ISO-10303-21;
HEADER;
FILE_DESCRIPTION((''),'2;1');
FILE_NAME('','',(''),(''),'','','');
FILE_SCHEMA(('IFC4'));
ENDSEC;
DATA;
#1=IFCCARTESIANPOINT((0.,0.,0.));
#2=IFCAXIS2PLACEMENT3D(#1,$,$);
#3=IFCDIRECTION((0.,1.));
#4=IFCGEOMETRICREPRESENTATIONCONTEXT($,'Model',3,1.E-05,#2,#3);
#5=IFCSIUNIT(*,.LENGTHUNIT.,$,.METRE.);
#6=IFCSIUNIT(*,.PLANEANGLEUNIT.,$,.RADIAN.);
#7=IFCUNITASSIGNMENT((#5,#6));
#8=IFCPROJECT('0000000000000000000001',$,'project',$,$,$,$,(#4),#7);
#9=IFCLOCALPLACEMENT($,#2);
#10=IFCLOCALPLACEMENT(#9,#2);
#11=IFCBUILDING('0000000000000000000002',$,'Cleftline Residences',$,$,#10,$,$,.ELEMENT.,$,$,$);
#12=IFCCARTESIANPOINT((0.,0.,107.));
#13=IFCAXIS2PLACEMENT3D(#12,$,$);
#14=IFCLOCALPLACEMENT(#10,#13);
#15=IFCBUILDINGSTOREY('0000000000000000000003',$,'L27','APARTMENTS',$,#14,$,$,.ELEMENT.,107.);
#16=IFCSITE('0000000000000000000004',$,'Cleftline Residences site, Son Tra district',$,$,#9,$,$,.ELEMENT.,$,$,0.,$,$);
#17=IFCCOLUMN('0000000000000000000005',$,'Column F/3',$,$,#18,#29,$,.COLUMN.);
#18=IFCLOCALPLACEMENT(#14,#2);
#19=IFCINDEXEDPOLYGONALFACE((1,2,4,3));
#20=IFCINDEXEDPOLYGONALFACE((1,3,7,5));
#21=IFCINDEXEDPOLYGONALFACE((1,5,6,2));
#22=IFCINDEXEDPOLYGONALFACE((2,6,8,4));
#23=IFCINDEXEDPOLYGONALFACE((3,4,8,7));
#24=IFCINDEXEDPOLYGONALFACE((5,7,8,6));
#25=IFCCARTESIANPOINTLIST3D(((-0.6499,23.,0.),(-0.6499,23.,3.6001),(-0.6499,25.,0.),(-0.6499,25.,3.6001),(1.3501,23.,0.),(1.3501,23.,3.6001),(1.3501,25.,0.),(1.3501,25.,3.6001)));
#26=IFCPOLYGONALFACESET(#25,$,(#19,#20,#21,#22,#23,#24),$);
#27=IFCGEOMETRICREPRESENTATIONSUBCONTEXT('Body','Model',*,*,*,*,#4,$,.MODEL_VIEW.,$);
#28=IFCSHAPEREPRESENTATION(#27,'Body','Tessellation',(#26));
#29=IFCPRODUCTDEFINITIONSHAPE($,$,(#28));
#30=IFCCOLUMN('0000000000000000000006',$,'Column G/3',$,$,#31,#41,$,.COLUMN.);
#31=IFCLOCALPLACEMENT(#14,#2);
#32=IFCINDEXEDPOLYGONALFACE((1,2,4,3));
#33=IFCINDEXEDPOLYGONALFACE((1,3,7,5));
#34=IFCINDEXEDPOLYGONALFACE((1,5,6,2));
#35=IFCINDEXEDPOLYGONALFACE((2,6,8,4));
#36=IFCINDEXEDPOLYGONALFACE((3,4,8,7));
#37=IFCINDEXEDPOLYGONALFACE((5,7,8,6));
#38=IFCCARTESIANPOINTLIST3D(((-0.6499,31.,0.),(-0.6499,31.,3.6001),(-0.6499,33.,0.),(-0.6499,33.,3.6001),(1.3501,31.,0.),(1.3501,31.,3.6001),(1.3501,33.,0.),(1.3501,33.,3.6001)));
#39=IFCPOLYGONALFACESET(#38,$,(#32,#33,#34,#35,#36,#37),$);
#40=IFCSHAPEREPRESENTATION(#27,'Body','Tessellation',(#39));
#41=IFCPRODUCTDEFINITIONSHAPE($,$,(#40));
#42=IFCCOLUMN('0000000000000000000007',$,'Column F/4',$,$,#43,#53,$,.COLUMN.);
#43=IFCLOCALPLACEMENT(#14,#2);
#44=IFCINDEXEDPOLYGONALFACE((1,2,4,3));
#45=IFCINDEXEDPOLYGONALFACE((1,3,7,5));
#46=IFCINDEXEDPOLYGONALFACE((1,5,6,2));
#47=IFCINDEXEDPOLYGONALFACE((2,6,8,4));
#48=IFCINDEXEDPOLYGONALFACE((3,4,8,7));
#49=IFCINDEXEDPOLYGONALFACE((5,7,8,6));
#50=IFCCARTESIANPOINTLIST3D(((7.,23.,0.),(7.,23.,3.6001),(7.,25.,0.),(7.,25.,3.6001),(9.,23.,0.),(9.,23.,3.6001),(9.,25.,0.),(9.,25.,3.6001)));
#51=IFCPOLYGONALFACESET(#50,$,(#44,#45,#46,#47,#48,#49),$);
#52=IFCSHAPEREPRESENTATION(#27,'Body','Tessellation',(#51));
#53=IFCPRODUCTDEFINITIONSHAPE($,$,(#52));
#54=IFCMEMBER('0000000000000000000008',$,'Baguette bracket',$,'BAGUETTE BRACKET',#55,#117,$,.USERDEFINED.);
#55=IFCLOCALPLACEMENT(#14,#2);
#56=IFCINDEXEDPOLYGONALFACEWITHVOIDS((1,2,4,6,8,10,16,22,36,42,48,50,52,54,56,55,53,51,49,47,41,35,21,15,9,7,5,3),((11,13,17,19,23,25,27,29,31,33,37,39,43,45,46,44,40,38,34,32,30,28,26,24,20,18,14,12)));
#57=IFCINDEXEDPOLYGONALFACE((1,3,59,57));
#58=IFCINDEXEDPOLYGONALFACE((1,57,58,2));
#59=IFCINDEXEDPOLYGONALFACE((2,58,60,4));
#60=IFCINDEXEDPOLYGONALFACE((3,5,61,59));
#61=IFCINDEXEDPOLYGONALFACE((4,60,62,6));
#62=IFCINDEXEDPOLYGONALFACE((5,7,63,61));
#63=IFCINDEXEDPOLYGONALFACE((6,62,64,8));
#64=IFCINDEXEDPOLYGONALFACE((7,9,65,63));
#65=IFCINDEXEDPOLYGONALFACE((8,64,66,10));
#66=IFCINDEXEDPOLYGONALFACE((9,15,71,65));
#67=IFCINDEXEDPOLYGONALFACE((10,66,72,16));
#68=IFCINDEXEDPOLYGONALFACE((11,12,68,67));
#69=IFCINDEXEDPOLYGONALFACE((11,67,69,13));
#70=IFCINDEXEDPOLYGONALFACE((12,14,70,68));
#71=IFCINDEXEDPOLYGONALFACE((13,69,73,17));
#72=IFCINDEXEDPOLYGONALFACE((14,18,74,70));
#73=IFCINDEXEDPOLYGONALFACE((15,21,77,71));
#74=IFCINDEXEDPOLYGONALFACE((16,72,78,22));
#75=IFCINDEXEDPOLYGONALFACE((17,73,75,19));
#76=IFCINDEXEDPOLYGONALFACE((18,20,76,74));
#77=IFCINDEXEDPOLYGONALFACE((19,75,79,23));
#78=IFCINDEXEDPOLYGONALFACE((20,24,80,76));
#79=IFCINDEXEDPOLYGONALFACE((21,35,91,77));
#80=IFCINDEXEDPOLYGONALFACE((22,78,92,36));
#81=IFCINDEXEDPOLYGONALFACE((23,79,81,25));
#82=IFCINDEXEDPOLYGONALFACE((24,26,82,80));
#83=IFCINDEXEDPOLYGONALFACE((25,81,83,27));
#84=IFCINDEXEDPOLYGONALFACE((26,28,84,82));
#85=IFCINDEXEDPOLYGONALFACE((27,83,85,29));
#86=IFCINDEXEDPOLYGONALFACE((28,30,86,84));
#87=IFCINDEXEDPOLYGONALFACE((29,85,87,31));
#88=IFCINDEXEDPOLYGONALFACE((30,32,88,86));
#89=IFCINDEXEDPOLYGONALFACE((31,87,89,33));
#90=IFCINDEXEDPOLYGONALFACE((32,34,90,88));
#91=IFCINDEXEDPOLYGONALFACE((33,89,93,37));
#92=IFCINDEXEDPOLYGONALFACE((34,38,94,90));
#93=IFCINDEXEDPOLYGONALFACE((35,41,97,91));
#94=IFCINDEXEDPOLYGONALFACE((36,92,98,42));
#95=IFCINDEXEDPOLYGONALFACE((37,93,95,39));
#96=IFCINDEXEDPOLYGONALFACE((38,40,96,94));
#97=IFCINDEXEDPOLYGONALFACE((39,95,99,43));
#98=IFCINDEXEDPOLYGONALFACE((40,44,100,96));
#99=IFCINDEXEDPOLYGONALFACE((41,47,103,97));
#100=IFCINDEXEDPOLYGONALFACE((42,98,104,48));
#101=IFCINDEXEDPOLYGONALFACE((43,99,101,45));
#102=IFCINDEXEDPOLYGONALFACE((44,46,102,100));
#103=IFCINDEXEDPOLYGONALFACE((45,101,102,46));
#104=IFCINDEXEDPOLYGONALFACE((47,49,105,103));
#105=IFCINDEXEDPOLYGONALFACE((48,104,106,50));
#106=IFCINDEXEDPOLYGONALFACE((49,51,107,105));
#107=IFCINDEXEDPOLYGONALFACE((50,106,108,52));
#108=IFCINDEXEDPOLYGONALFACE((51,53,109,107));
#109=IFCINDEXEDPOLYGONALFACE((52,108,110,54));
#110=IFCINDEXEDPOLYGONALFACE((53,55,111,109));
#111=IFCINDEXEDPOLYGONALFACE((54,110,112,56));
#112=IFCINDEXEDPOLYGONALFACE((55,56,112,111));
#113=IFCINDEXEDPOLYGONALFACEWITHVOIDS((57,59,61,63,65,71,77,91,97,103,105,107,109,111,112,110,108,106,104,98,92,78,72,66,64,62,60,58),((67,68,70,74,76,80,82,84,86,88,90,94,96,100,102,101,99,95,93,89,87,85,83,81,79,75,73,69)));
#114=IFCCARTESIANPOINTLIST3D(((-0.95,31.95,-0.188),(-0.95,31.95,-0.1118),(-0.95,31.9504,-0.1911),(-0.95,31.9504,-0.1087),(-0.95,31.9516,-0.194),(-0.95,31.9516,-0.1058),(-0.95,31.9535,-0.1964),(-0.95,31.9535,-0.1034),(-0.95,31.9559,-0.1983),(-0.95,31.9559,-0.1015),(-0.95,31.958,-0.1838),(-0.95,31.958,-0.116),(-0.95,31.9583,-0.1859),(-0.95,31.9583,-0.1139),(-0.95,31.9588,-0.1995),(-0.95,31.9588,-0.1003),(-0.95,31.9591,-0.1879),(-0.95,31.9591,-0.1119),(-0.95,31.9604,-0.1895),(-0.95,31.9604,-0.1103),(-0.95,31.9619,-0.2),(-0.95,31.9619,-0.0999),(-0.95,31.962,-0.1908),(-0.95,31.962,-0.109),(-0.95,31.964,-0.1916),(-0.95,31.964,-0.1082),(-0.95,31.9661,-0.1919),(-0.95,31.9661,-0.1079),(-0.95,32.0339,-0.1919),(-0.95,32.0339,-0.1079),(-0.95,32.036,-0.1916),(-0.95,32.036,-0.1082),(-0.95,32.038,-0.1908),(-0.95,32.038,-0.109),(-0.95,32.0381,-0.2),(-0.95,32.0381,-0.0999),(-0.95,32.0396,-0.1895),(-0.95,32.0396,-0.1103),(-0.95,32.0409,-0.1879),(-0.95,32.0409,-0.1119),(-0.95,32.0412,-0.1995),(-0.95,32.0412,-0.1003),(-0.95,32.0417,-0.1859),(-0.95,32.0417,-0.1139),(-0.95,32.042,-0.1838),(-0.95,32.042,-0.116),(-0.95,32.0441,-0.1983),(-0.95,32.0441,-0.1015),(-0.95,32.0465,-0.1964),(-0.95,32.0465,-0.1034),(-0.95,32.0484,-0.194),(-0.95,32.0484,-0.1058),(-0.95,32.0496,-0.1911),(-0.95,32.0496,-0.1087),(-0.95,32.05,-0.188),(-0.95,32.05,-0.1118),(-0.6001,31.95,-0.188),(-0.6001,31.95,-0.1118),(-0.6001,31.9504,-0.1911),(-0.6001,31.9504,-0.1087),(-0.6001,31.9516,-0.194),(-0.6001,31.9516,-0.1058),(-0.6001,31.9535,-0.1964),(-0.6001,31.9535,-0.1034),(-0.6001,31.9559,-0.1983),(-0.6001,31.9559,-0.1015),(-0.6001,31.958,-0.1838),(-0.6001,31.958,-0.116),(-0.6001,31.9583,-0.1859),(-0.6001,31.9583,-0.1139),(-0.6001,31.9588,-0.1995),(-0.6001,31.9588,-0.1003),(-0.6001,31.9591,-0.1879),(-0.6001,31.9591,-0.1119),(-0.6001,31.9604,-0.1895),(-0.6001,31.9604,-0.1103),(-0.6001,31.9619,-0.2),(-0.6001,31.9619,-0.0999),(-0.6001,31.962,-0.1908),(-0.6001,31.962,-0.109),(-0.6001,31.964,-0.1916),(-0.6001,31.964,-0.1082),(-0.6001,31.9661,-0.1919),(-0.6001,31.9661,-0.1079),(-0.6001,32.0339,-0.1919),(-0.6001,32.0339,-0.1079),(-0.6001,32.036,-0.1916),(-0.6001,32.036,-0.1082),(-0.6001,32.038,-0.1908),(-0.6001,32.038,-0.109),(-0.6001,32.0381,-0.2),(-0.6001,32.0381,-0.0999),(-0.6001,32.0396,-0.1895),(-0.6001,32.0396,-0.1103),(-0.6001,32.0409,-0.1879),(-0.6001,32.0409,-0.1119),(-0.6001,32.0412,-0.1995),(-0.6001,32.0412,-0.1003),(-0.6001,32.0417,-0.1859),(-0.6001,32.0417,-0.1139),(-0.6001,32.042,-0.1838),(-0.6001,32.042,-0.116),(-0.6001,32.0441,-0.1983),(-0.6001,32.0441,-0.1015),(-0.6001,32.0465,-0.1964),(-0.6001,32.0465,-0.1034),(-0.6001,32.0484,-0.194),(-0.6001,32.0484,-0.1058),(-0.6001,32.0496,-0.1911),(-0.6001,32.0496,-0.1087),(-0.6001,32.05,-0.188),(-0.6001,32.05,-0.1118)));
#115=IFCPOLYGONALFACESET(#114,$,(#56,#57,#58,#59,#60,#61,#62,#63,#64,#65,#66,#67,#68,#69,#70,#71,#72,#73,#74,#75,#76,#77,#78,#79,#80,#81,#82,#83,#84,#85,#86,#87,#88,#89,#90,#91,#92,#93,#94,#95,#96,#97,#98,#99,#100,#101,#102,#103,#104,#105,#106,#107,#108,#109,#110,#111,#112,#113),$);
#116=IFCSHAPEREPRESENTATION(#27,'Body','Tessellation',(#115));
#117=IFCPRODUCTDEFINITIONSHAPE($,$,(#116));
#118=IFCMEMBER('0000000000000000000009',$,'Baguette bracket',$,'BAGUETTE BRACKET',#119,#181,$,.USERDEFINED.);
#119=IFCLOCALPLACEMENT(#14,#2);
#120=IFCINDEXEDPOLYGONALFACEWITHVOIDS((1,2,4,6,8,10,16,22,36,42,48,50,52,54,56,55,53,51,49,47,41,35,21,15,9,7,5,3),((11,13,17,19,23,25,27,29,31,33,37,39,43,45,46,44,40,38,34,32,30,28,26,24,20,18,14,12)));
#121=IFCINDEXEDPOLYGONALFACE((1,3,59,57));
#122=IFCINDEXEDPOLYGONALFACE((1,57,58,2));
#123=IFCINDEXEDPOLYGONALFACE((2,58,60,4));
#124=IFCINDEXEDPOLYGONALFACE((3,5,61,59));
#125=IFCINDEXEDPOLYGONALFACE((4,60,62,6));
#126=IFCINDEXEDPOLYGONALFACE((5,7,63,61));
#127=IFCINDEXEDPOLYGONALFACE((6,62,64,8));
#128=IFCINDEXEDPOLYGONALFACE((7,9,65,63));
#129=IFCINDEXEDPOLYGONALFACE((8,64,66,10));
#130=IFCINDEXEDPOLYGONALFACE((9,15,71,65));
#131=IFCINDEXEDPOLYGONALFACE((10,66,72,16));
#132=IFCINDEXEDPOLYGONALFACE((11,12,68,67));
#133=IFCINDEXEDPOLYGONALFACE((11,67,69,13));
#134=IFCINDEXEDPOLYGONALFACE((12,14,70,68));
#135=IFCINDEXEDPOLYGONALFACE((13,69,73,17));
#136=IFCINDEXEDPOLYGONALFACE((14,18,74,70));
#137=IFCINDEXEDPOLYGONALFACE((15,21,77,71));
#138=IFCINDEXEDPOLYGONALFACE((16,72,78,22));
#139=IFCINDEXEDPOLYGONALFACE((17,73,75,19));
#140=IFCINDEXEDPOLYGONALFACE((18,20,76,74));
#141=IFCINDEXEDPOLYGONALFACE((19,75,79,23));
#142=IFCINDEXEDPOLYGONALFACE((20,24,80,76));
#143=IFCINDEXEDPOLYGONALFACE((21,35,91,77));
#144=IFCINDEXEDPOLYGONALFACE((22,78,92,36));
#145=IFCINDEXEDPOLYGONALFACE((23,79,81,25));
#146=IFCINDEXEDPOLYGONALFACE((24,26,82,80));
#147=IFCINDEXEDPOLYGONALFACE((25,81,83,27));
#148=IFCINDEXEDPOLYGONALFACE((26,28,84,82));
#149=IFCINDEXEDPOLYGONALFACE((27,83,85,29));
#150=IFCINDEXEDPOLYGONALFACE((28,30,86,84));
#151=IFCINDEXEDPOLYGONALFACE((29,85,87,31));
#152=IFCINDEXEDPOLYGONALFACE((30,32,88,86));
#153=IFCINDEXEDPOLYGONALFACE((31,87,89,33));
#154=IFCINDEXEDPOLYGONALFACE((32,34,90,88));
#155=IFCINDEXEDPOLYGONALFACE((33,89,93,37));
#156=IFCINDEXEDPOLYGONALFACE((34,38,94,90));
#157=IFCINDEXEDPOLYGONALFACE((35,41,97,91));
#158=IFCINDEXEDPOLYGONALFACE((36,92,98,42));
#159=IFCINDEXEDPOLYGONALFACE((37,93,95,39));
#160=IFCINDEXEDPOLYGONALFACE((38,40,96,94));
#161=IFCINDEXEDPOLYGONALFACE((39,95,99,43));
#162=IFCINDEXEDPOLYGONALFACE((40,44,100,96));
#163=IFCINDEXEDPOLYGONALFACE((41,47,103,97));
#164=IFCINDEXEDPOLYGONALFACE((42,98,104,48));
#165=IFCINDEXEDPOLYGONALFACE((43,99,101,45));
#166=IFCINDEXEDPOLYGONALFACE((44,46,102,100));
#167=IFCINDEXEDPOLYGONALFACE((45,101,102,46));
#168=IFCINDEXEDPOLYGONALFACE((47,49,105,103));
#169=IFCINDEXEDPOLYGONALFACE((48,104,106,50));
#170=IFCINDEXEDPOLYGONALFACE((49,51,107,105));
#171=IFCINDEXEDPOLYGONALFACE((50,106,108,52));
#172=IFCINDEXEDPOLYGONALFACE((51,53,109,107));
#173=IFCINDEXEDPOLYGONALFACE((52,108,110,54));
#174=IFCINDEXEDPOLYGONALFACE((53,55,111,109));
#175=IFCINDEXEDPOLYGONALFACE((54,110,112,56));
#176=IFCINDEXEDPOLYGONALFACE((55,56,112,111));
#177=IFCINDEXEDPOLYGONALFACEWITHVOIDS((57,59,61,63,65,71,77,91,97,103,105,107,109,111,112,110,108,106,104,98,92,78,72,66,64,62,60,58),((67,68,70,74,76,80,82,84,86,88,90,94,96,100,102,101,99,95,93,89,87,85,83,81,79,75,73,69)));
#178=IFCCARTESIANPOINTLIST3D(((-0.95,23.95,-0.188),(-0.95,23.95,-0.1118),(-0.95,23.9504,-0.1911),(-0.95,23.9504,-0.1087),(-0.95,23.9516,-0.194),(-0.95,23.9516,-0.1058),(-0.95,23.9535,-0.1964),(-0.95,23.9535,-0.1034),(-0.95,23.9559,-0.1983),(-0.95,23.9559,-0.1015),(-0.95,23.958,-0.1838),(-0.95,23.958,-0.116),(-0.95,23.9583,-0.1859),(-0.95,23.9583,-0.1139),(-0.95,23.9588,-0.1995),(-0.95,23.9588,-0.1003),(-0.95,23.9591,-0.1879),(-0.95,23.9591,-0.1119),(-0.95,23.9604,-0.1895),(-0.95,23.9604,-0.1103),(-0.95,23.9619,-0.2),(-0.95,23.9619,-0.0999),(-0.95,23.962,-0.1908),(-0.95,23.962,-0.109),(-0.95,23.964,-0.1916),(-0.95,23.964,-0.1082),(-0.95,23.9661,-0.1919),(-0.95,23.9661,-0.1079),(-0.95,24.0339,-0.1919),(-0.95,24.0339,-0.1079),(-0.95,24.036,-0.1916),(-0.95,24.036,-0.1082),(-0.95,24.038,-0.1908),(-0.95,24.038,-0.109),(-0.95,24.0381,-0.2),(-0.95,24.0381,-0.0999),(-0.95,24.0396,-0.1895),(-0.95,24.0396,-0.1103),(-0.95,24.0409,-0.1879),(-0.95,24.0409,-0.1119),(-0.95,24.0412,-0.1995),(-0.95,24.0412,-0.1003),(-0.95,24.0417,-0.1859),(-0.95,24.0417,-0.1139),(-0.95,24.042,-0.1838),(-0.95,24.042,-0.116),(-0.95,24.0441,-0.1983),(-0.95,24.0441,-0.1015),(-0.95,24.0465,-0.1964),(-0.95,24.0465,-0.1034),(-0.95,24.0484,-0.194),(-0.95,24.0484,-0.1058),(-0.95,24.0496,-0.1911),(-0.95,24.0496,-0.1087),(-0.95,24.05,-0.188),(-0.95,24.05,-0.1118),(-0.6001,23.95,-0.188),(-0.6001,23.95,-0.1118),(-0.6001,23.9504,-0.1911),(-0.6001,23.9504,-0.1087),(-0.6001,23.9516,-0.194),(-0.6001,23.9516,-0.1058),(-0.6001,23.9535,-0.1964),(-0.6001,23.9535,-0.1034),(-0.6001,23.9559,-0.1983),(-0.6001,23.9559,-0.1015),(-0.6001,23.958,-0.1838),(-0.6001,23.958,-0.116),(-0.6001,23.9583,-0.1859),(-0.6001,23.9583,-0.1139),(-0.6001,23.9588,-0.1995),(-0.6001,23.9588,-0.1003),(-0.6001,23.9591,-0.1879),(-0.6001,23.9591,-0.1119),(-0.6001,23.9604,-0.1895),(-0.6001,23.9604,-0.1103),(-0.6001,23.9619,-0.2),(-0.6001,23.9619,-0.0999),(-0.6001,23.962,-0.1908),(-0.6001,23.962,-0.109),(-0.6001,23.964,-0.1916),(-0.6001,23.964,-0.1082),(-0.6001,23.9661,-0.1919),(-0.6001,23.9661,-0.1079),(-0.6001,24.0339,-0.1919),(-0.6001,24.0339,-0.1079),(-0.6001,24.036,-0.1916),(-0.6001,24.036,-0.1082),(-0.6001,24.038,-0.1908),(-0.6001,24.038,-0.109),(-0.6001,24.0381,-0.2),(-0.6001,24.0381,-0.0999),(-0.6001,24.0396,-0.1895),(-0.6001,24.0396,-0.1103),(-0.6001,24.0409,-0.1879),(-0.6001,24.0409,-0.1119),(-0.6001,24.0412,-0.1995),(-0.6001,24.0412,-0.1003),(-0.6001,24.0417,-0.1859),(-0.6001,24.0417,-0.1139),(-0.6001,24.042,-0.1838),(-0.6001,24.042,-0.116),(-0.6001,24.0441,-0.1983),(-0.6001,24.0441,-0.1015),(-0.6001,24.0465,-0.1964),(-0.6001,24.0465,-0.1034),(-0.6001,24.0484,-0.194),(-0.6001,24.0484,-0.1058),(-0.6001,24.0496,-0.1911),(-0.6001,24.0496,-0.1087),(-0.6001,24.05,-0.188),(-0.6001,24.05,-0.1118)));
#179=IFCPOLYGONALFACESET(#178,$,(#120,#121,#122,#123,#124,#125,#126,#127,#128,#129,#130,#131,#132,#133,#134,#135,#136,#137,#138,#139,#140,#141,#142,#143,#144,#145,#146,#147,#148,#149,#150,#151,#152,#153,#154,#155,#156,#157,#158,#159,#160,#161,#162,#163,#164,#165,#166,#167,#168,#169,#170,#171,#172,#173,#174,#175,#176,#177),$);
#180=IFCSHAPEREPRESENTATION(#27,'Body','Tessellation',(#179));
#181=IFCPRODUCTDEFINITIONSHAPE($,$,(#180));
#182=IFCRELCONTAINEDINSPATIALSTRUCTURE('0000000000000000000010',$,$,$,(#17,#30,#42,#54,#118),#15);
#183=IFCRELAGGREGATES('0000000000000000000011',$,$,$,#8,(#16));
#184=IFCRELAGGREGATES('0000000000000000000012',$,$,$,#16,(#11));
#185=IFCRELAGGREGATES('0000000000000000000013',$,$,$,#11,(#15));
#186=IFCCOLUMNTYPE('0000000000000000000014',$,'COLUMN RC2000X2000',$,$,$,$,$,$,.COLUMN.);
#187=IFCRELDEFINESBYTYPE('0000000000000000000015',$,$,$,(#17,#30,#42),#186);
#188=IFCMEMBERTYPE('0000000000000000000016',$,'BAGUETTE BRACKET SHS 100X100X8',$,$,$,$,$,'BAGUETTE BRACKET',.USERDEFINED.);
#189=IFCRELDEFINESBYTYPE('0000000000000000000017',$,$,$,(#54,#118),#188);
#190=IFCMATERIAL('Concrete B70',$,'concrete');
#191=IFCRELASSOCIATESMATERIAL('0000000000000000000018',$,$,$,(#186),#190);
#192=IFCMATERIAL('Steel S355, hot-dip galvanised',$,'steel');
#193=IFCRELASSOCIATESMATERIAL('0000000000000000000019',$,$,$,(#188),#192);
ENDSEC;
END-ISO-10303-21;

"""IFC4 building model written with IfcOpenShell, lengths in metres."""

from ifc_helpers import new_model, si_unit, direction, frame, origin, origin_2d, place, context, subcontext, project, spatial, rectangle, hollow_rectangle, extrude, material, material_profile, profile_set, type_object, element, save


model = new_model("IFC4")

# Units and contexts
model_context = context("Model", 3, precision=1e-05, world=origin(), true_north=direction((0.0, 1.0)))
body_context = subcontext(model_context, "Body", "Model", "MODEL_VIEW")
ifc_project = project(units=[si_unit("LENGTHUNIT", "METRE"), si_unit("PLANEANGLEUNIT", "RADIAN")], contexts=[model_context])

# Site, building, storey
site_placement = place(None, origin())
site = spatial("IfcSite", under=ifc_project, at=site_placement, Name="Cleftline Residences site, Son Tra district", CompositionType="ELEMENT", RefElevation=0.0)
building_placement = place(site_placement, origin())
building = spatial("IfcBuilding", under=site, at=building_placement, Name="Cleftline Residences", CompositionType="ELEMENT")
storey_placement = place(building_placement, frame((0.0, 0.0, 107.0)))
storey = spatial("IfcBuildingStorey", under=building, at=storey_placement, Name="L27", Description="APARTMENTS", CompositionType="ELEMENT", Elevation=107.0)

# Columns
ifc_material_1 = material(Name="Concrete B70", Category="concrete")
ifc_material_profile_1 = material_profile(ifc_material_1, rectangle(XDim=2.0, YDim=2.0, at=origin_2d()))
ifc_profile_set_1 = profile_set([ifc_material_profile_1], Name="Concrete B70")
column_type = type_object("IfcColumnType", Name="COLUMN RC2000X2000", PredefinedType="COLUMN", material=ifc_profile_set_1)
for number, where, z_axis, x_axis, name in (
    (1, (0.3501, 24.0, 0.0), (0.0, 0.0, 1.0), (1.0, 0.0, 0.0), "Column F/3"),
    (2, (0.3501, 32.0, 0.0), (0.0, 0.0, 1.0), (1.0, 0.0, 0.0), "Column G/3"),
    (3, (8.0, 24.0, 0.0), (0.0, 0.0, 1.0), (1.0, 0.0, 0.0), "Column F/4"),
):
    element("IfcColumn", number, at=place(storey_placement, frame(where, z_axis=z_axis, x_axis=x_axis)), inside=storey, type_object=column_type, Name=name, PredefinedType="COLUMN", context=body_context, shape_type="SweptSolid", body=[
        extrude(rectangle(XDim=2.0, YDim=2.0, at=origin_2d()), origin(), (0.0, 0.0, 1.0), 3.6001),
    ])

# Members
ifc_material_2 = material(Name="Steel S355, hot-dip galvanised", Category="steel")
ifc_material_profile_2 = material_profile(ifc_material_2, hollow_rectangle(XDim=0.1001, YDim=0.1001, WallThickness=0.0081, InnerFilletRadius=0.0081, OuterFilletRadius=0.012, at=origin_2d()))
ifc_profile_set_2 = profile_set([ifc_material_profile_2], Name="Steel S355, hot-dip galvanised")
member_type_1 = type_object("IfcMemberType", Name="BAGUETTE BRACKET SHS 100X100X8", ElementType="BAGUETTE BRACKET", PredefinedType="USERDEFINED", material=ifc_profile_set_2)
for number, where, z_axis, x_axis, name in (
    (4, (-0.6001, 32.0, -0.1499), (-1.0, 0.0, 0.0), (0.0, -1.0, 0.0), "Baguette bracket"),
    (5, (-0.6001, 24.0, -0.1499), (-1.0, 0.0, 0.0), (0.0, -1.0, 0.0), "Baguette bracket"),
):
    element("IfcMember", number, at=place(storey_placement, frame(where, z_axis=z_axis, x_axis=x_axis)), inside=storey, type_object=member_type_1, Name=name, ObjectType="BAGUETTE BRACKET", PredefinedType="USERDEFINED", context=body_context, shape_type="SweptSolid", body=[
        extrude(hollow_rectangle(XDim=0.1001, YDim=0.1001, WallThickness=0.0081, InnerFilletRadius=0.0081, OuterFilletRadius=0.012, at=origin_2d()), origin(), (0.0, 0.0, 1.0), 0.3499),
    ])

save(model, "model.ifc")
